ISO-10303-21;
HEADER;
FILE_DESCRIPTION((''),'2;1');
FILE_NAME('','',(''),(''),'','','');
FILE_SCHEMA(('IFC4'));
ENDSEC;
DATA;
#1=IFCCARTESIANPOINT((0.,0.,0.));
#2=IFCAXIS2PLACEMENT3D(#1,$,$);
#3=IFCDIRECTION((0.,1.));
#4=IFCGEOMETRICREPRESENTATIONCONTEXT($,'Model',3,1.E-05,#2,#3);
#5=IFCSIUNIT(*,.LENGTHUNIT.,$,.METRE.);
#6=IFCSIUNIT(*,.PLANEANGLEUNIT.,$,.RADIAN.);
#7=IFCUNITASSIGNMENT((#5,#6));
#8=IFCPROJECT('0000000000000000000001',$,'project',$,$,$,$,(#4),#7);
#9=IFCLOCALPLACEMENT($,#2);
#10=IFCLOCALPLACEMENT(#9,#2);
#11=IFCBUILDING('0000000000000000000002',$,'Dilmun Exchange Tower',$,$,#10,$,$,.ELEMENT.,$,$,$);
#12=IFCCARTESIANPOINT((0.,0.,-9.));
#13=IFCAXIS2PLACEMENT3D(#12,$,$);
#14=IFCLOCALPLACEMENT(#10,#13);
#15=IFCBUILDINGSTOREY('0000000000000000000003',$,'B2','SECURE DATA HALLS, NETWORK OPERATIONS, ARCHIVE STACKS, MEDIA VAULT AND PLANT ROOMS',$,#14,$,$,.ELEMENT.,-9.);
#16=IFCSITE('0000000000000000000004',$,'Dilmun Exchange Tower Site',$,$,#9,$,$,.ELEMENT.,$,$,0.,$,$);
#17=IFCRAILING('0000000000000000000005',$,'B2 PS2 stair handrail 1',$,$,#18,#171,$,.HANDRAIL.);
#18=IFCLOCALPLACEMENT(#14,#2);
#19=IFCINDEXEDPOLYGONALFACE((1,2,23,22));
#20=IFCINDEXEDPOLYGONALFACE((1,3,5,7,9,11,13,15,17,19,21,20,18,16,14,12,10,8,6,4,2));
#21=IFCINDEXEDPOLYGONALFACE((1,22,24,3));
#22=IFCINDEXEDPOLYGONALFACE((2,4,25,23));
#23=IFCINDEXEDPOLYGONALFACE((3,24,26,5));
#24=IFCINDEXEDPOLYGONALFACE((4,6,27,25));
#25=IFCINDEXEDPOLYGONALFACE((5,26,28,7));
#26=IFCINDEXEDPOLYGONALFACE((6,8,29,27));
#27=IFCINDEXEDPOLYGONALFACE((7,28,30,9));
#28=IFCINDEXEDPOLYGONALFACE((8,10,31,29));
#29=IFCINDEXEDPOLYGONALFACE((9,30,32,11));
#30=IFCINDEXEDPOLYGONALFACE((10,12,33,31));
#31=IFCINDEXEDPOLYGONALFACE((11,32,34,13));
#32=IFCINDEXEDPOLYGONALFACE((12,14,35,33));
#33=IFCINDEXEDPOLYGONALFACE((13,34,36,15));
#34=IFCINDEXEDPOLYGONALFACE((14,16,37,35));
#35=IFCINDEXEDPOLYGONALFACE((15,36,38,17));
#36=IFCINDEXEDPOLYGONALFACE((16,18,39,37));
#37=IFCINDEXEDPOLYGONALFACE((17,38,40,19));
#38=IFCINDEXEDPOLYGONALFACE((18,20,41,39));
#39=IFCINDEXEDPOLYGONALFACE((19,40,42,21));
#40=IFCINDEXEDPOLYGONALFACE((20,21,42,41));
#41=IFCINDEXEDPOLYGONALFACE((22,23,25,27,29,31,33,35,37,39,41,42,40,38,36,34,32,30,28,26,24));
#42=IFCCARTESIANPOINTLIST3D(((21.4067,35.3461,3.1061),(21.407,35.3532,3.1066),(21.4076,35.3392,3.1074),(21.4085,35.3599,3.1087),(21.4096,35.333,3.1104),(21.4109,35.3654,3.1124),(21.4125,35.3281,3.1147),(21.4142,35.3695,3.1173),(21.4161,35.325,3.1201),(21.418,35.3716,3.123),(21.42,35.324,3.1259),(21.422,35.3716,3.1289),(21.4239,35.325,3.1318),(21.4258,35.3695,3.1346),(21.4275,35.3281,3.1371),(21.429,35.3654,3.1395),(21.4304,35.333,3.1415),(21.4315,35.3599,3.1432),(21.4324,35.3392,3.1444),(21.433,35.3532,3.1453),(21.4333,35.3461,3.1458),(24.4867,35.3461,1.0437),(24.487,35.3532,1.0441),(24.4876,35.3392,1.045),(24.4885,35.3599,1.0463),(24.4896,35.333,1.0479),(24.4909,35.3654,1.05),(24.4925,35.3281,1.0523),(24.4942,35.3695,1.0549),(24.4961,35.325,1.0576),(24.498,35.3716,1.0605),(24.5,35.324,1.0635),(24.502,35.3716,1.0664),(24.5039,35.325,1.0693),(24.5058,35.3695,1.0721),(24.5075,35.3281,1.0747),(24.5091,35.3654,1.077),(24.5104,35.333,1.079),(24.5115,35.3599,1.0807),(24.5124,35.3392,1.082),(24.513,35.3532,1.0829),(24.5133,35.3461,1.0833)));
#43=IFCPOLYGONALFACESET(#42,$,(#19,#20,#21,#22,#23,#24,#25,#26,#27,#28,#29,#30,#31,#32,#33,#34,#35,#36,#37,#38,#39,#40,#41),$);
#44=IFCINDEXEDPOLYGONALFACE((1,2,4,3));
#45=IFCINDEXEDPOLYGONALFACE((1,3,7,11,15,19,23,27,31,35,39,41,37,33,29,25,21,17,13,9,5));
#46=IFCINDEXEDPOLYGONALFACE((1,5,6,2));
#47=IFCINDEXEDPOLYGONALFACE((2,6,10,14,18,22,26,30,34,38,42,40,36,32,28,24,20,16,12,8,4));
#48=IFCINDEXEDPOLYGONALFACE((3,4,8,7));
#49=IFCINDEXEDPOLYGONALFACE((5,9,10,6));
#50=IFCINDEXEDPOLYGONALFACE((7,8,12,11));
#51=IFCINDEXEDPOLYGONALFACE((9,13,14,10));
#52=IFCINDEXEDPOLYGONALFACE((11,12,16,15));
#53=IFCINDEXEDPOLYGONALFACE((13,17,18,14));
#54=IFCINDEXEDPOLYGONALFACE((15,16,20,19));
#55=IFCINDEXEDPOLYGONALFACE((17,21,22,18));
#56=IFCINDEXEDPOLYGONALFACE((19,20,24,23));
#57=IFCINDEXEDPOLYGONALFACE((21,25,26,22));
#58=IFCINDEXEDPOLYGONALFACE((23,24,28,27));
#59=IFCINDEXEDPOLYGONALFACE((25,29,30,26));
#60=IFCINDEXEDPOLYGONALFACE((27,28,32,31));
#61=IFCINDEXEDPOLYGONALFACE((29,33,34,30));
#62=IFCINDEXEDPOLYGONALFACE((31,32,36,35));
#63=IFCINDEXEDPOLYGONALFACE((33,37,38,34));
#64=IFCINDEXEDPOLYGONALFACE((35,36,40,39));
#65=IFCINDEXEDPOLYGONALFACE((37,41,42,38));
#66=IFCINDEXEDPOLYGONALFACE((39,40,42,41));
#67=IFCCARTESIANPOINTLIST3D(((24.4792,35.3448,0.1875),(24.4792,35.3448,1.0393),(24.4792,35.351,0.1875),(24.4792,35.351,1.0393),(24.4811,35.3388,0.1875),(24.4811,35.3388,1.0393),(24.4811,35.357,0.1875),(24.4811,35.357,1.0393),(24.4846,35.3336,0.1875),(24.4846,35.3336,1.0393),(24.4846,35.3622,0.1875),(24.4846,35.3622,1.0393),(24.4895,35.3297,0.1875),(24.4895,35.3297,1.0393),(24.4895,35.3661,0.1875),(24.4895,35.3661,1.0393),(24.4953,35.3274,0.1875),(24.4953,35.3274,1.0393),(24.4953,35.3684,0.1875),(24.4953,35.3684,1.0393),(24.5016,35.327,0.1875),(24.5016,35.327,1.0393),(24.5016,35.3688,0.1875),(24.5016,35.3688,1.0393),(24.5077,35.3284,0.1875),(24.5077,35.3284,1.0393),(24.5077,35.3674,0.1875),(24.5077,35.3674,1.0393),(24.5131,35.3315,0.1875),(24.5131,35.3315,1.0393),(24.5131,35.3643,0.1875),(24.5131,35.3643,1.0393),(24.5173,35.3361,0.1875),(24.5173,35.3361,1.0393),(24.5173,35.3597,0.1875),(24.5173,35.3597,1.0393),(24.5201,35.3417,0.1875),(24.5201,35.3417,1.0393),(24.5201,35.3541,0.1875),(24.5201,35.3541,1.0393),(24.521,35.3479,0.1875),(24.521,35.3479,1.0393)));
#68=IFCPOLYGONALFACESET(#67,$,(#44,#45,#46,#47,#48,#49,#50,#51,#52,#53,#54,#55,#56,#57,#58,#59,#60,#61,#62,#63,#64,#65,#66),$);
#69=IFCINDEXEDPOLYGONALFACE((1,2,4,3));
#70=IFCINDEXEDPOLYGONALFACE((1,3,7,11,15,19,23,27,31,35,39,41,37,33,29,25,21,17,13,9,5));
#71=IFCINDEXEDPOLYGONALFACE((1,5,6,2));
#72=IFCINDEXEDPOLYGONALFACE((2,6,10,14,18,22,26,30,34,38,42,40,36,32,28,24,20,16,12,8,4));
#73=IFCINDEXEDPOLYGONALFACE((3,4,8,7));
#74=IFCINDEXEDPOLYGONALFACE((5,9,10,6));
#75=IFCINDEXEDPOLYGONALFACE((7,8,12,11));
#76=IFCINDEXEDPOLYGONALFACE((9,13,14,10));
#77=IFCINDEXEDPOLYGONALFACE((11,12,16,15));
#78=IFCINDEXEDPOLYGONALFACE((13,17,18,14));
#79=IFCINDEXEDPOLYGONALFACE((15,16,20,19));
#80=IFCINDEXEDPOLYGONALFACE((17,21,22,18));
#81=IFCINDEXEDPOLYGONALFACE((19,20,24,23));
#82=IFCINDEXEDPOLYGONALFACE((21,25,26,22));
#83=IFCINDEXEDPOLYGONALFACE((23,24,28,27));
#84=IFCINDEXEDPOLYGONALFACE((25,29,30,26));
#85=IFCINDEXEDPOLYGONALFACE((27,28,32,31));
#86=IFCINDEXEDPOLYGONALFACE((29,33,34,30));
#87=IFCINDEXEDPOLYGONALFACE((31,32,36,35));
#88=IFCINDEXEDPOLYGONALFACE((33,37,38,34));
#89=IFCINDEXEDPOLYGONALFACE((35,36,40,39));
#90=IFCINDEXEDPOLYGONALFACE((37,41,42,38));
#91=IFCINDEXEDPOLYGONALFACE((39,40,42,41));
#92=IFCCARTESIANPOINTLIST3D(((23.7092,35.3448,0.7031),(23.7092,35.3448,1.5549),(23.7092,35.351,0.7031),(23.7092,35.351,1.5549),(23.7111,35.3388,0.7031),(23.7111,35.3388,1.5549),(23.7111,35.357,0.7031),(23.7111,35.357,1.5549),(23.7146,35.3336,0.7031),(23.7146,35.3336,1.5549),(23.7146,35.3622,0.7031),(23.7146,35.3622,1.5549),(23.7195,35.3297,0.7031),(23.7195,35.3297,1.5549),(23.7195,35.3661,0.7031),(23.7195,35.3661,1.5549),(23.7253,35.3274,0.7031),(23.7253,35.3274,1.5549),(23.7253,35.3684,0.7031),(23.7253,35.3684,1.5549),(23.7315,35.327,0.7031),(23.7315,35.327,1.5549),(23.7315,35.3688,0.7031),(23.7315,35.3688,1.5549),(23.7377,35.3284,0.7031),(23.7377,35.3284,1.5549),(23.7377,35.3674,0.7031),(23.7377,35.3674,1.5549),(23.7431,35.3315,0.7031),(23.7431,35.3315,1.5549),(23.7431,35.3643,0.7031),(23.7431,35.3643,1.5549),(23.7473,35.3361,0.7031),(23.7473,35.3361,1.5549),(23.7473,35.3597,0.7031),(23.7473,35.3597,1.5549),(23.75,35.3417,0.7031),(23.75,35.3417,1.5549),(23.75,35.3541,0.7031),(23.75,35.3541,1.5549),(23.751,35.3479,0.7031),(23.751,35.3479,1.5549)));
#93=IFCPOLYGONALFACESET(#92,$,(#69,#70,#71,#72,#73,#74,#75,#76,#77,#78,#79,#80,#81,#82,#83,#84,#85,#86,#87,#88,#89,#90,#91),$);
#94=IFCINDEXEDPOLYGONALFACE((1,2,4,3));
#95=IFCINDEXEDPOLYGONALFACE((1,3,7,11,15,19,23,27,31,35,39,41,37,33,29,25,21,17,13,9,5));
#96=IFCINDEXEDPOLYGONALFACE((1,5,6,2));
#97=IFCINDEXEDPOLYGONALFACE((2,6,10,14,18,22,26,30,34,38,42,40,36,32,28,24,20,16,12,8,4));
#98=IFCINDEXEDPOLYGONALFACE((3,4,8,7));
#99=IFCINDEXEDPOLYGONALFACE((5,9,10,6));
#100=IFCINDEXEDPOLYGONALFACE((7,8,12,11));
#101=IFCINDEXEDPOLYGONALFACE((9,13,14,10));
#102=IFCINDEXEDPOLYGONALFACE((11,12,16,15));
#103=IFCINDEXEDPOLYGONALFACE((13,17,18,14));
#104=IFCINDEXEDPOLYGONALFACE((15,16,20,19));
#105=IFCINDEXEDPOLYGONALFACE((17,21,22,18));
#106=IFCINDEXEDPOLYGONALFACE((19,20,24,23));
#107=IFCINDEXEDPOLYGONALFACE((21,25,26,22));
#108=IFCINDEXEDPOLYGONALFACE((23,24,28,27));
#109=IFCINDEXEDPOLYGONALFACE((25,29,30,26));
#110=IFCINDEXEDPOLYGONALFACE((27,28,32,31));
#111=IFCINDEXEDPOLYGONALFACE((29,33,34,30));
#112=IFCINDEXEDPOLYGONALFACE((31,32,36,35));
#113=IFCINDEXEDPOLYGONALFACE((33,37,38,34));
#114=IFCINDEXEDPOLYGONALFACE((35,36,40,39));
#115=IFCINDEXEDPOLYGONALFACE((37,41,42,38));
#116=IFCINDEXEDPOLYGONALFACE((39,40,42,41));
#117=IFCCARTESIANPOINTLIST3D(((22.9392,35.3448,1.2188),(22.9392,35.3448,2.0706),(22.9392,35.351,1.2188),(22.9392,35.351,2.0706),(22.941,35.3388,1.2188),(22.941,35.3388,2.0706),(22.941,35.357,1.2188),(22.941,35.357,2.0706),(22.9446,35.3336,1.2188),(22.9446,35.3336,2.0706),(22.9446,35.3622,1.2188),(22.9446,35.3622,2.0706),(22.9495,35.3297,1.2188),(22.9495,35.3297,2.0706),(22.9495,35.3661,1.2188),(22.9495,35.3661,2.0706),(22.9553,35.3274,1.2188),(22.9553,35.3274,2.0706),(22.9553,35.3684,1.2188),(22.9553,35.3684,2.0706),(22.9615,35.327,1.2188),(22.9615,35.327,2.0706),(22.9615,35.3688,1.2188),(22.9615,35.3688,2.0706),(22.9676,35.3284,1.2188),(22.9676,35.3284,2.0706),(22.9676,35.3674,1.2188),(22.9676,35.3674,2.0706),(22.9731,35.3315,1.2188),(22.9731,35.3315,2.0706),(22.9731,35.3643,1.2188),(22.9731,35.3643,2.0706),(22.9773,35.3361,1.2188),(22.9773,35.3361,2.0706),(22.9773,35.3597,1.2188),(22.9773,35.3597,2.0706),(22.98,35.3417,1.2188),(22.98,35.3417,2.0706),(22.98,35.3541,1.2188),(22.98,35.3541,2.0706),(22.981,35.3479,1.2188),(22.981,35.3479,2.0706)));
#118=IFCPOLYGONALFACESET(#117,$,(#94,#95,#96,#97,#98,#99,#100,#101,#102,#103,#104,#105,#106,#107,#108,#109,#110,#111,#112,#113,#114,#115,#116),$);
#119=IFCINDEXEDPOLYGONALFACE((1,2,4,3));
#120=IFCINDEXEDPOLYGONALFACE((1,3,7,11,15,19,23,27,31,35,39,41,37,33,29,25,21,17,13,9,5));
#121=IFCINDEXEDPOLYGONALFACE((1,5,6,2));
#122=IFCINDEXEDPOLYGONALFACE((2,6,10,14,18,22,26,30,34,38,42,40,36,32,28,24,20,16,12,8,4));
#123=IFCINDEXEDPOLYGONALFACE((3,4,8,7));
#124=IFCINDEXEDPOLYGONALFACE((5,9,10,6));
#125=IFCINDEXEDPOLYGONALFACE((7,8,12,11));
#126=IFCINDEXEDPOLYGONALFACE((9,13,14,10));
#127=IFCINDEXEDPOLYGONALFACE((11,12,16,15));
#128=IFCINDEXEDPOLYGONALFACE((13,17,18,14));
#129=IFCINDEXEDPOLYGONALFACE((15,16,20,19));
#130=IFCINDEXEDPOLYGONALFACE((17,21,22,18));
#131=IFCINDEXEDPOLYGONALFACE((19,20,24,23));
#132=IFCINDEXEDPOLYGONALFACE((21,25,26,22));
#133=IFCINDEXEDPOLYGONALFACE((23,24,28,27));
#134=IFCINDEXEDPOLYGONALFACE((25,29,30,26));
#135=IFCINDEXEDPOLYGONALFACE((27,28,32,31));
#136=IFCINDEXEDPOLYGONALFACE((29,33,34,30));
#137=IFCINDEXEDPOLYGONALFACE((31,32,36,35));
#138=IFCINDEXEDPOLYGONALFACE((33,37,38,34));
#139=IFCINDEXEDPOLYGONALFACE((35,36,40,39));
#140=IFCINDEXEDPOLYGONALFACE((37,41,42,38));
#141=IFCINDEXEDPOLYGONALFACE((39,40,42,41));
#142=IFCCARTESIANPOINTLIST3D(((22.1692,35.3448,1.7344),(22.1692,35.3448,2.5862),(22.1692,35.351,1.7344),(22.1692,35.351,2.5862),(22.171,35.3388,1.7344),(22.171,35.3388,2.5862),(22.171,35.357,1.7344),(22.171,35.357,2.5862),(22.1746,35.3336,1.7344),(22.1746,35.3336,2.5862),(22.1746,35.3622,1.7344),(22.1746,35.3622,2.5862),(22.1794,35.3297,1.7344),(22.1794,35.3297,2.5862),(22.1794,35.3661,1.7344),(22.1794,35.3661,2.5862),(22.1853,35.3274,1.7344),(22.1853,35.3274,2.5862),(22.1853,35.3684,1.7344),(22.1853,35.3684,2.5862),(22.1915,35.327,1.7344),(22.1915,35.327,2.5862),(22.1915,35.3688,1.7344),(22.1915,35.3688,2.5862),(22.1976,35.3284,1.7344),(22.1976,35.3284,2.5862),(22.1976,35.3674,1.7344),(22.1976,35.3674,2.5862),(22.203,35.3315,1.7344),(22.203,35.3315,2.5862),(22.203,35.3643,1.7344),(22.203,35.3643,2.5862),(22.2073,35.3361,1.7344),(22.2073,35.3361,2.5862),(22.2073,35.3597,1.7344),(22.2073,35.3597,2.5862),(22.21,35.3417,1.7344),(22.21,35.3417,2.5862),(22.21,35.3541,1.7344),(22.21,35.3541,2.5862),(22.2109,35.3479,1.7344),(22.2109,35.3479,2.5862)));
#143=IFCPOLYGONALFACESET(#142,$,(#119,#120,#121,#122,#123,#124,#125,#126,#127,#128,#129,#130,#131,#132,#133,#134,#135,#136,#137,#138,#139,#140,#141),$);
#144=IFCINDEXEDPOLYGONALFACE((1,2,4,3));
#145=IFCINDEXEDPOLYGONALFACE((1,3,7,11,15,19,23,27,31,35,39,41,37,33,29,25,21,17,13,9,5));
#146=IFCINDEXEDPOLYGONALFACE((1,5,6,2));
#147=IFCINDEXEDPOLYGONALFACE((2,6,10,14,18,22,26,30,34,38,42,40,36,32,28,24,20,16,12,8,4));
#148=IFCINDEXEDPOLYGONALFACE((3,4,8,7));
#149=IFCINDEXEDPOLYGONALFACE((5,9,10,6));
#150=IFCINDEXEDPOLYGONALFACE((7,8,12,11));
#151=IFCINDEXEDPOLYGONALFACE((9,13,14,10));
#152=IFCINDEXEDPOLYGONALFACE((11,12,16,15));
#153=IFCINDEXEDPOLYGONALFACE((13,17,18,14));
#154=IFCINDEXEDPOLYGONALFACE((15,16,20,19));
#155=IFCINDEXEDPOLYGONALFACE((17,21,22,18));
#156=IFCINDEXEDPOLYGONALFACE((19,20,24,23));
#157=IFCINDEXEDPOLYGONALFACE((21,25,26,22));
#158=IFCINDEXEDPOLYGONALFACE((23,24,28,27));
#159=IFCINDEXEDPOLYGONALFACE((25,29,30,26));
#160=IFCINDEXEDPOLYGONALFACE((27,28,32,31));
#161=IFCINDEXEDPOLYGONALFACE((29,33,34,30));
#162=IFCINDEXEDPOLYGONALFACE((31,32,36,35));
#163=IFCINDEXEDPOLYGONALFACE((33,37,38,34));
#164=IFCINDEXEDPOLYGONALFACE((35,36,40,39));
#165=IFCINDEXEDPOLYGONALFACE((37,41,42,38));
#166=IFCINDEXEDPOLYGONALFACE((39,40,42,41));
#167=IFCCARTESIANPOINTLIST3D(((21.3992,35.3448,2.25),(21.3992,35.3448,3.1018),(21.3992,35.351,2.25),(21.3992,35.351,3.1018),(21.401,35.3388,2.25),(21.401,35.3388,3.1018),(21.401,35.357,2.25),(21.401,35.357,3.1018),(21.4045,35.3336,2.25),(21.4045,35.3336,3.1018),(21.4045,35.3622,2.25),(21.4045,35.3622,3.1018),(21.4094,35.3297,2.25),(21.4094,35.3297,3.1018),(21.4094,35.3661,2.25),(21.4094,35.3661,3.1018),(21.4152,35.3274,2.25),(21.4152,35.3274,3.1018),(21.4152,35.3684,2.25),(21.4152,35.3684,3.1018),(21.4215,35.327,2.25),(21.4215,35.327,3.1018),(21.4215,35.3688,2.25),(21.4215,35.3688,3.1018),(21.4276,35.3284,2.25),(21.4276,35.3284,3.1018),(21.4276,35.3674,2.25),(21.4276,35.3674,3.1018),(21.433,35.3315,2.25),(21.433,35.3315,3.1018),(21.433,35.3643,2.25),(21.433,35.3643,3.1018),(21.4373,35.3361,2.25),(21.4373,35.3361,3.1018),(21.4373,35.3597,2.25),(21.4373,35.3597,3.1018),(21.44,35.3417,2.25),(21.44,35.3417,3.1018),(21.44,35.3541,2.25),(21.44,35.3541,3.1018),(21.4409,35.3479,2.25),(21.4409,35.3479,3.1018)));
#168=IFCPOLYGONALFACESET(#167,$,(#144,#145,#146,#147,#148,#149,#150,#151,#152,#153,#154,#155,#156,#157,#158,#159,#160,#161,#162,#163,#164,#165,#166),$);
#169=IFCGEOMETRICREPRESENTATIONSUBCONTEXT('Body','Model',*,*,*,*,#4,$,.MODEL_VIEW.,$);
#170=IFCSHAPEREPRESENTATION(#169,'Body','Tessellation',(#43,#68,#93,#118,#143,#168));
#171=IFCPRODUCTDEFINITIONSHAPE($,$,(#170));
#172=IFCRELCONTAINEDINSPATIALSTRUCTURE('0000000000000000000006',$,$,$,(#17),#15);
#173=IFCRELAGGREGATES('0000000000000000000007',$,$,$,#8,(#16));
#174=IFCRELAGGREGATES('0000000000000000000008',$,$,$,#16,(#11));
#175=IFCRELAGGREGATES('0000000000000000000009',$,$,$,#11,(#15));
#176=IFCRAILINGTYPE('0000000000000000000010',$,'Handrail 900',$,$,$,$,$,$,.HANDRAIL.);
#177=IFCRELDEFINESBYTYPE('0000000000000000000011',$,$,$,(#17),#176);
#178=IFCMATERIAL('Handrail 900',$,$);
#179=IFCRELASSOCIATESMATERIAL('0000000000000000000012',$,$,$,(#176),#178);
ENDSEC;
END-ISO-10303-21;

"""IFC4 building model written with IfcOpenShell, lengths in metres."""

from ifc_helpers import new_model, si_unit, direction, frame, origin, origin_2d, place, context, subcontext, project, spatial, circle, extrude, material, type_object, element, save


model = new_model("IFC4")

# Units and contexts
model_context = context("Model", 3, precision=1e-05, world=origin(), true_north=direction((0.0, 1.0)))
body_context = subcontext(model_context, "Body", "Model", "MODEL_VIEW")
ifc_project = project(units=[si_unit("LENGTHUNIT", "METRE"), si_unit("PLANEANGLEUNIT", "RADIAN")], contexts=[model_context])

# Site, building, storey
site_placement = place(None, origin())
site = spatial("IfcSite", under=ifc_project, at=site_placement, Name="Dilmun Exchange Tower Site", CompositionType="ELEMENT", RefElevation=0.0)
building_placement = place(site_placement, origin())
building = spatial("IfcBuilding", under=site, at=building_placement, Name="Dilmun Exchange Tower", CompositionType="ELEMENT")
storey_placement = place(building_placement, frame((0.0, 0.0, -9.0)))
storey = spatial("IfcBuildingStorey", under=building, at=storey_placement, Name="B2", Description="SECURE DATA HALLS, NETWORK OPERATIONS, ARCHIVE STACKS, MEDIA VAULT AND PLANT ROOMS", CompositionType="ELEMENT", Elevation=-9.0)

# Railing
ifc_material_1 = material(Name="Handrail 900")
railing_type_1 = type_object("IfcRailingType", Name="Handrail 900", PredefinedType="HANDRAIL", material=ifc_material_1)
railing_1_placement = place(storey_placement, frame((24.5, 35.3479, 0.1875)))
element("IfcRailing", 1, at=railing_1_placement, inside=storey, type_object=railing_type_1, Name="B2 PS2 stair handrail 1", PredefinedType="HANDRAIL", context=body_context, shape_type="SweptSolid", body=[
    extrude(circle(Radius=0.0239, at=origin_2d()), frame((0.0, 0.0, 0.876), z_axis=(-0.830914, 0.0, 0.556401), x_axis=(0.0, -1.0, 0.0)), (0.0, 0.0, 1.0), 3.7068),
    extrude(circle(Radius=0.021, at=origin_2d()), origin(), (0.0, 0.0, 1.0), 0.8518),
    extrude(circle(Radius=0.021, at=origin_2d()), frame((-0.77, 0.0, 0.5156)), (0.0, 0.0, 1.0), 0.8518),
    extrude(circle(Radius=0.021, at=origin_2d()), frame((-1.54, 0.0, 1.0312)), (0.0, 0.0, 1.0), 0.8518),
    extrude(circle(Radius=0.021, at=origin_2d()), frame((-2.3101, 0.0, 1.5469)), (0.0, 0.0, 1.0), 0.8518),
    extrude(circle(Radius=0.021, at=origin_2d()), frame((-3.0801, 0.0, 2.0625)), (0.0, 0.0, 1.0), 0.8518),
])

save(model, "model.ifc")
